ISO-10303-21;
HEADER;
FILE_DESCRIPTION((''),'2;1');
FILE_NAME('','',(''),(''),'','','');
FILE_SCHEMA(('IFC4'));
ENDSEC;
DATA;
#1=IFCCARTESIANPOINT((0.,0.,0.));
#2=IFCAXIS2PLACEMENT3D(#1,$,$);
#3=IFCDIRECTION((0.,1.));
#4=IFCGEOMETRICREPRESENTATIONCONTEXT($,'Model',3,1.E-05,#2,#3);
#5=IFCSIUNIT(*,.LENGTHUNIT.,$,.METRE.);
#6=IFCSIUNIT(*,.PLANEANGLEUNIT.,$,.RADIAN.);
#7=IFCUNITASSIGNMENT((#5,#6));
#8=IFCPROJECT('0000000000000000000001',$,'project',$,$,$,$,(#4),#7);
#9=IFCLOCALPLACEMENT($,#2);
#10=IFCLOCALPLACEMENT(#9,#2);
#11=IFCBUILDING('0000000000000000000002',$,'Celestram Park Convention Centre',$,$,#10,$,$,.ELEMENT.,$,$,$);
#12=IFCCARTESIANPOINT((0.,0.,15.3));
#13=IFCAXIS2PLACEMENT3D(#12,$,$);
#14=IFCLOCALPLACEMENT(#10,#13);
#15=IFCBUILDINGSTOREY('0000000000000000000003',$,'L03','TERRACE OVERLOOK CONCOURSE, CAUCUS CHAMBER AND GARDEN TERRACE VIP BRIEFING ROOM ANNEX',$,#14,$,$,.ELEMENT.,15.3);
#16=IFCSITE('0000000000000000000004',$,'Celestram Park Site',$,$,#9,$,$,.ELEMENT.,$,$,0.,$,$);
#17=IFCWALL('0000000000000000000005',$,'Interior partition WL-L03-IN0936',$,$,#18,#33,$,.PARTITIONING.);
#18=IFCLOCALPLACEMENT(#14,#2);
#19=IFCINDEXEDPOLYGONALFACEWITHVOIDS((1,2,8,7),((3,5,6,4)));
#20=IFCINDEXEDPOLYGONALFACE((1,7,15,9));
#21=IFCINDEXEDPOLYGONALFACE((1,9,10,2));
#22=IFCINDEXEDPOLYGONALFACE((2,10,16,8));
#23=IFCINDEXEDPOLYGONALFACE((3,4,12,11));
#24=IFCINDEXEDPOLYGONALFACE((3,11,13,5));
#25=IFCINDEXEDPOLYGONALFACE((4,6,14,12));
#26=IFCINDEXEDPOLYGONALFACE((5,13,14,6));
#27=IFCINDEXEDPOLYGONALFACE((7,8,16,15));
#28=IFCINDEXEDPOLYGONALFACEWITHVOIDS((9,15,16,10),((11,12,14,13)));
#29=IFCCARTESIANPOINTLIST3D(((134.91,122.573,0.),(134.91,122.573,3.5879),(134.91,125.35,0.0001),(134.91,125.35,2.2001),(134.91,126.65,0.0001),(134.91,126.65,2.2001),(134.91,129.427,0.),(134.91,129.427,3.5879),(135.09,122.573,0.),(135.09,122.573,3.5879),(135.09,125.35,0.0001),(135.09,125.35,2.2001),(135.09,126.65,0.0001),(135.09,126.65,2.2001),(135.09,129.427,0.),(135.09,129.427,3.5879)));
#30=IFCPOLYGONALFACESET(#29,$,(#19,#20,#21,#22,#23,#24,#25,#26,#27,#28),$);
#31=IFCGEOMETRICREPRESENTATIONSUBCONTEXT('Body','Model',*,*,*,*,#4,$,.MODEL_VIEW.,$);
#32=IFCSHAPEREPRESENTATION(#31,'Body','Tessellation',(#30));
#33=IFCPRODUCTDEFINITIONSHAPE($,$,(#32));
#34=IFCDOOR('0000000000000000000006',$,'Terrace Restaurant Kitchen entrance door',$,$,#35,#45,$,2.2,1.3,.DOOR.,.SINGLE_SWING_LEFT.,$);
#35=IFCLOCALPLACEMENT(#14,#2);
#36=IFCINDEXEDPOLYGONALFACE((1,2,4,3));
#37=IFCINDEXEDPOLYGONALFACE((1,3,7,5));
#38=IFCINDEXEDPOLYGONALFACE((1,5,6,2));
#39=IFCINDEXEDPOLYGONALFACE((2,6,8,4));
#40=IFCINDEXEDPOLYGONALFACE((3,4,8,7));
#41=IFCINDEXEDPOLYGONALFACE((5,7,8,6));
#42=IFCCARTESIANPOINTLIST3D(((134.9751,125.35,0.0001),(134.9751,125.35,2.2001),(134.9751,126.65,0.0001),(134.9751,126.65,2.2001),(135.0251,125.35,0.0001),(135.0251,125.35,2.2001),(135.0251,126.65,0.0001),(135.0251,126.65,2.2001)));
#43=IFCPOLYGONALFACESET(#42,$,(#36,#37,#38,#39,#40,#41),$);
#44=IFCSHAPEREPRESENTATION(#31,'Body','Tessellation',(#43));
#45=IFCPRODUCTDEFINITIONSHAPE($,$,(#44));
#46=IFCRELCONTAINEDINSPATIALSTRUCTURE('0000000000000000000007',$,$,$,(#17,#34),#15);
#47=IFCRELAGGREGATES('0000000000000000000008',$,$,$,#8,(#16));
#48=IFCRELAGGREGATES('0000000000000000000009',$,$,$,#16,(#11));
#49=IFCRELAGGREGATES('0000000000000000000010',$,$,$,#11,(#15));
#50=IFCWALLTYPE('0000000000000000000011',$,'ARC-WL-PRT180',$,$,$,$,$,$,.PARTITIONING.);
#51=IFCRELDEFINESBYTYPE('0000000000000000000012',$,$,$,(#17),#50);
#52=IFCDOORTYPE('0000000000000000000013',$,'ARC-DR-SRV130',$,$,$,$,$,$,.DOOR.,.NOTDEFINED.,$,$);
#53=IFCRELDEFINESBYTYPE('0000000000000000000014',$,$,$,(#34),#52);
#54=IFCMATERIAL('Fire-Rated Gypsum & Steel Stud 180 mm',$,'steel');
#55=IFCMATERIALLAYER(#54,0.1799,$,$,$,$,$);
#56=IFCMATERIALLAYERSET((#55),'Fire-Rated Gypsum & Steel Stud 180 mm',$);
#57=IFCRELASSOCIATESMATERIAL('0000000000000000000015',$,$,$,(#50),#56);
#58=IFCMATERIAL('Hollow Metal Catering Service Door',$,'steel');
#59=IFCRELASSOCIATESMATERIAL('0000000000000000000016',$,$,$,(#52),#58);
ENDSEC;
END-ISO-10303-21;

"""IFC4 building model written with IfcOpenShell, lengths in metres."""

from ifc_helpers import new_model, si_unit, direction, frame, frame_2d, origin, place, context, subcontext, project, spatial, rectangle, extrude, material, layer, layer_set, type_object, element, fill, save


model = new_model("IFC4")

# Units and contexts
model_context = context("Model", 3, precision=1e-05, world=origin(), true_north=direction((0.0, 1.0)))
body_context = subcontext(model_context, "Body", "Model", "MODEL_VIEW")
ifc_project = project(units=[si_unit("LENGTHUNIT", "METRE"), si_unit("PLANEANGLEUNIT", "RADIAN")], contexts=[model_context])

# Site, building, storey
site_placement = place(None, origin())
site = spatial("IfcSite", under=ifc_project, at=site_placement, Name="Celestram Park Site", CompositionType="ELEMENT", RefElevation=0.0)
building_placement = place(site_placement, origin())
building = spatial("IfcBuilding", under=site, at=building_placement, Name="Celestram Park Convention Centre", CompositionType="ELEMENT")
storey_placement = place(building_placement, frame((0.0, 0.0, 15.3)))
storey = spatial("IfcBuildingStorey", under=building, at=storey_placement, Name="L03", Description="TERRACE OVERLOOK CONCOURSE, CAUCUS CHAMBER AND GARDEN TERRACE VIP BRIEFING ROOM ANNEX", CompositionType="ELEMENT", Elevation=15.3)

# Wall, opening, door
ifc_material_1 = material(Name="Fire-Rated Gypsum & Steel Stud 180 mm", Category="steel")
ifc_layer_1 = layer(ifc_material_1, 0.1799)
ifc_layer_set_1 = layer_set([ifc_layer_1], Name="Fire-Rated Gypsum & Steel Stud 180 mm")
wall_type_1 = type_object("IfcWallType", Name="ARC-WL-PRT180", PredefinedType="PARTITIONING", material=ifc_layer_set_1)
wall_1_placement = place(storey_placement, frame((135.0, 122.573, 0.0), z_axis=(0.0, 0.0, 1.0), x_axis=(0.0, 1.0, 0.0)))
wall_1 = element("IfcWall", 1, at=wall_1_placement, inside=storey, type_object=wall_type_1, Name="Interior partition WL-L03-IN0936", PredefinedType="PARTITIONING", context=body_context, shape_type="SweptSolid", body=[
    extrude(rectangle(XDim=6.854, YDim=0.1799, at=frame_2d((3.427, 0.0))), origin(), (0.0, 0.0, 1.0), 3.5879),
])
opening_1_placement = place(wall_1_placement, frame((2.7771, 0.0, 0.0)))
opening_1 = element("IfcOpeningElement", 2, at=opening_1_placement, cuts=wall_1, PredefinedType="OPENING", context=body_context, shape_type="SweptSolid", body=[
    extrude(rectangle(XDim=1.3, YDim=2.2, at=frame_2d((0.6499, 1.1001))), frame((0.0, 0.0999, 0.0), z_axis=(0.0, -1.0, 0.0), x_axis=(1.0, 0.0, 0.0)), (0.0, 0.0, 1.0), 0.2),
])
ifc_material_2 = material(Name="Hollow Metal Catering Service Door", Category="steel")
door_type_1 = type_object("IfcDoorType", Name="ARC-DR-SRV130", OperationType="NOTDEFINED", PredefinedType="DOOR", material=ifc_material_2)
door_1_placement = place(opening_1_placement, origin())
door_1 = element("IfcDoor", 3, at=door_1_placement, inside=storey, type_object=door_type_1, Name="Terrace Restaurant Kitchen entrance door", OperationType="SINGLE_SWING_LEFT", OverallHeight=2.2, OverallWidth=1.3, PredefinedType="DOOR", context=body_context, shape_type="SweptSolid", body=[
    extrude(rectangle(XDim=1.3, YDim=2.2, at=frame_2d((0.6499, 1.1001))), frame((0.0, 0.0249, 0.0), z_axis=(0.0, -1.0, 0.0), x_axis=(1.0, 0.0, 0.0)), (0.0, 0.0, 1.0), 0.05),
])
fill(opening_1, door_1)

save(model, "model.ifc")
